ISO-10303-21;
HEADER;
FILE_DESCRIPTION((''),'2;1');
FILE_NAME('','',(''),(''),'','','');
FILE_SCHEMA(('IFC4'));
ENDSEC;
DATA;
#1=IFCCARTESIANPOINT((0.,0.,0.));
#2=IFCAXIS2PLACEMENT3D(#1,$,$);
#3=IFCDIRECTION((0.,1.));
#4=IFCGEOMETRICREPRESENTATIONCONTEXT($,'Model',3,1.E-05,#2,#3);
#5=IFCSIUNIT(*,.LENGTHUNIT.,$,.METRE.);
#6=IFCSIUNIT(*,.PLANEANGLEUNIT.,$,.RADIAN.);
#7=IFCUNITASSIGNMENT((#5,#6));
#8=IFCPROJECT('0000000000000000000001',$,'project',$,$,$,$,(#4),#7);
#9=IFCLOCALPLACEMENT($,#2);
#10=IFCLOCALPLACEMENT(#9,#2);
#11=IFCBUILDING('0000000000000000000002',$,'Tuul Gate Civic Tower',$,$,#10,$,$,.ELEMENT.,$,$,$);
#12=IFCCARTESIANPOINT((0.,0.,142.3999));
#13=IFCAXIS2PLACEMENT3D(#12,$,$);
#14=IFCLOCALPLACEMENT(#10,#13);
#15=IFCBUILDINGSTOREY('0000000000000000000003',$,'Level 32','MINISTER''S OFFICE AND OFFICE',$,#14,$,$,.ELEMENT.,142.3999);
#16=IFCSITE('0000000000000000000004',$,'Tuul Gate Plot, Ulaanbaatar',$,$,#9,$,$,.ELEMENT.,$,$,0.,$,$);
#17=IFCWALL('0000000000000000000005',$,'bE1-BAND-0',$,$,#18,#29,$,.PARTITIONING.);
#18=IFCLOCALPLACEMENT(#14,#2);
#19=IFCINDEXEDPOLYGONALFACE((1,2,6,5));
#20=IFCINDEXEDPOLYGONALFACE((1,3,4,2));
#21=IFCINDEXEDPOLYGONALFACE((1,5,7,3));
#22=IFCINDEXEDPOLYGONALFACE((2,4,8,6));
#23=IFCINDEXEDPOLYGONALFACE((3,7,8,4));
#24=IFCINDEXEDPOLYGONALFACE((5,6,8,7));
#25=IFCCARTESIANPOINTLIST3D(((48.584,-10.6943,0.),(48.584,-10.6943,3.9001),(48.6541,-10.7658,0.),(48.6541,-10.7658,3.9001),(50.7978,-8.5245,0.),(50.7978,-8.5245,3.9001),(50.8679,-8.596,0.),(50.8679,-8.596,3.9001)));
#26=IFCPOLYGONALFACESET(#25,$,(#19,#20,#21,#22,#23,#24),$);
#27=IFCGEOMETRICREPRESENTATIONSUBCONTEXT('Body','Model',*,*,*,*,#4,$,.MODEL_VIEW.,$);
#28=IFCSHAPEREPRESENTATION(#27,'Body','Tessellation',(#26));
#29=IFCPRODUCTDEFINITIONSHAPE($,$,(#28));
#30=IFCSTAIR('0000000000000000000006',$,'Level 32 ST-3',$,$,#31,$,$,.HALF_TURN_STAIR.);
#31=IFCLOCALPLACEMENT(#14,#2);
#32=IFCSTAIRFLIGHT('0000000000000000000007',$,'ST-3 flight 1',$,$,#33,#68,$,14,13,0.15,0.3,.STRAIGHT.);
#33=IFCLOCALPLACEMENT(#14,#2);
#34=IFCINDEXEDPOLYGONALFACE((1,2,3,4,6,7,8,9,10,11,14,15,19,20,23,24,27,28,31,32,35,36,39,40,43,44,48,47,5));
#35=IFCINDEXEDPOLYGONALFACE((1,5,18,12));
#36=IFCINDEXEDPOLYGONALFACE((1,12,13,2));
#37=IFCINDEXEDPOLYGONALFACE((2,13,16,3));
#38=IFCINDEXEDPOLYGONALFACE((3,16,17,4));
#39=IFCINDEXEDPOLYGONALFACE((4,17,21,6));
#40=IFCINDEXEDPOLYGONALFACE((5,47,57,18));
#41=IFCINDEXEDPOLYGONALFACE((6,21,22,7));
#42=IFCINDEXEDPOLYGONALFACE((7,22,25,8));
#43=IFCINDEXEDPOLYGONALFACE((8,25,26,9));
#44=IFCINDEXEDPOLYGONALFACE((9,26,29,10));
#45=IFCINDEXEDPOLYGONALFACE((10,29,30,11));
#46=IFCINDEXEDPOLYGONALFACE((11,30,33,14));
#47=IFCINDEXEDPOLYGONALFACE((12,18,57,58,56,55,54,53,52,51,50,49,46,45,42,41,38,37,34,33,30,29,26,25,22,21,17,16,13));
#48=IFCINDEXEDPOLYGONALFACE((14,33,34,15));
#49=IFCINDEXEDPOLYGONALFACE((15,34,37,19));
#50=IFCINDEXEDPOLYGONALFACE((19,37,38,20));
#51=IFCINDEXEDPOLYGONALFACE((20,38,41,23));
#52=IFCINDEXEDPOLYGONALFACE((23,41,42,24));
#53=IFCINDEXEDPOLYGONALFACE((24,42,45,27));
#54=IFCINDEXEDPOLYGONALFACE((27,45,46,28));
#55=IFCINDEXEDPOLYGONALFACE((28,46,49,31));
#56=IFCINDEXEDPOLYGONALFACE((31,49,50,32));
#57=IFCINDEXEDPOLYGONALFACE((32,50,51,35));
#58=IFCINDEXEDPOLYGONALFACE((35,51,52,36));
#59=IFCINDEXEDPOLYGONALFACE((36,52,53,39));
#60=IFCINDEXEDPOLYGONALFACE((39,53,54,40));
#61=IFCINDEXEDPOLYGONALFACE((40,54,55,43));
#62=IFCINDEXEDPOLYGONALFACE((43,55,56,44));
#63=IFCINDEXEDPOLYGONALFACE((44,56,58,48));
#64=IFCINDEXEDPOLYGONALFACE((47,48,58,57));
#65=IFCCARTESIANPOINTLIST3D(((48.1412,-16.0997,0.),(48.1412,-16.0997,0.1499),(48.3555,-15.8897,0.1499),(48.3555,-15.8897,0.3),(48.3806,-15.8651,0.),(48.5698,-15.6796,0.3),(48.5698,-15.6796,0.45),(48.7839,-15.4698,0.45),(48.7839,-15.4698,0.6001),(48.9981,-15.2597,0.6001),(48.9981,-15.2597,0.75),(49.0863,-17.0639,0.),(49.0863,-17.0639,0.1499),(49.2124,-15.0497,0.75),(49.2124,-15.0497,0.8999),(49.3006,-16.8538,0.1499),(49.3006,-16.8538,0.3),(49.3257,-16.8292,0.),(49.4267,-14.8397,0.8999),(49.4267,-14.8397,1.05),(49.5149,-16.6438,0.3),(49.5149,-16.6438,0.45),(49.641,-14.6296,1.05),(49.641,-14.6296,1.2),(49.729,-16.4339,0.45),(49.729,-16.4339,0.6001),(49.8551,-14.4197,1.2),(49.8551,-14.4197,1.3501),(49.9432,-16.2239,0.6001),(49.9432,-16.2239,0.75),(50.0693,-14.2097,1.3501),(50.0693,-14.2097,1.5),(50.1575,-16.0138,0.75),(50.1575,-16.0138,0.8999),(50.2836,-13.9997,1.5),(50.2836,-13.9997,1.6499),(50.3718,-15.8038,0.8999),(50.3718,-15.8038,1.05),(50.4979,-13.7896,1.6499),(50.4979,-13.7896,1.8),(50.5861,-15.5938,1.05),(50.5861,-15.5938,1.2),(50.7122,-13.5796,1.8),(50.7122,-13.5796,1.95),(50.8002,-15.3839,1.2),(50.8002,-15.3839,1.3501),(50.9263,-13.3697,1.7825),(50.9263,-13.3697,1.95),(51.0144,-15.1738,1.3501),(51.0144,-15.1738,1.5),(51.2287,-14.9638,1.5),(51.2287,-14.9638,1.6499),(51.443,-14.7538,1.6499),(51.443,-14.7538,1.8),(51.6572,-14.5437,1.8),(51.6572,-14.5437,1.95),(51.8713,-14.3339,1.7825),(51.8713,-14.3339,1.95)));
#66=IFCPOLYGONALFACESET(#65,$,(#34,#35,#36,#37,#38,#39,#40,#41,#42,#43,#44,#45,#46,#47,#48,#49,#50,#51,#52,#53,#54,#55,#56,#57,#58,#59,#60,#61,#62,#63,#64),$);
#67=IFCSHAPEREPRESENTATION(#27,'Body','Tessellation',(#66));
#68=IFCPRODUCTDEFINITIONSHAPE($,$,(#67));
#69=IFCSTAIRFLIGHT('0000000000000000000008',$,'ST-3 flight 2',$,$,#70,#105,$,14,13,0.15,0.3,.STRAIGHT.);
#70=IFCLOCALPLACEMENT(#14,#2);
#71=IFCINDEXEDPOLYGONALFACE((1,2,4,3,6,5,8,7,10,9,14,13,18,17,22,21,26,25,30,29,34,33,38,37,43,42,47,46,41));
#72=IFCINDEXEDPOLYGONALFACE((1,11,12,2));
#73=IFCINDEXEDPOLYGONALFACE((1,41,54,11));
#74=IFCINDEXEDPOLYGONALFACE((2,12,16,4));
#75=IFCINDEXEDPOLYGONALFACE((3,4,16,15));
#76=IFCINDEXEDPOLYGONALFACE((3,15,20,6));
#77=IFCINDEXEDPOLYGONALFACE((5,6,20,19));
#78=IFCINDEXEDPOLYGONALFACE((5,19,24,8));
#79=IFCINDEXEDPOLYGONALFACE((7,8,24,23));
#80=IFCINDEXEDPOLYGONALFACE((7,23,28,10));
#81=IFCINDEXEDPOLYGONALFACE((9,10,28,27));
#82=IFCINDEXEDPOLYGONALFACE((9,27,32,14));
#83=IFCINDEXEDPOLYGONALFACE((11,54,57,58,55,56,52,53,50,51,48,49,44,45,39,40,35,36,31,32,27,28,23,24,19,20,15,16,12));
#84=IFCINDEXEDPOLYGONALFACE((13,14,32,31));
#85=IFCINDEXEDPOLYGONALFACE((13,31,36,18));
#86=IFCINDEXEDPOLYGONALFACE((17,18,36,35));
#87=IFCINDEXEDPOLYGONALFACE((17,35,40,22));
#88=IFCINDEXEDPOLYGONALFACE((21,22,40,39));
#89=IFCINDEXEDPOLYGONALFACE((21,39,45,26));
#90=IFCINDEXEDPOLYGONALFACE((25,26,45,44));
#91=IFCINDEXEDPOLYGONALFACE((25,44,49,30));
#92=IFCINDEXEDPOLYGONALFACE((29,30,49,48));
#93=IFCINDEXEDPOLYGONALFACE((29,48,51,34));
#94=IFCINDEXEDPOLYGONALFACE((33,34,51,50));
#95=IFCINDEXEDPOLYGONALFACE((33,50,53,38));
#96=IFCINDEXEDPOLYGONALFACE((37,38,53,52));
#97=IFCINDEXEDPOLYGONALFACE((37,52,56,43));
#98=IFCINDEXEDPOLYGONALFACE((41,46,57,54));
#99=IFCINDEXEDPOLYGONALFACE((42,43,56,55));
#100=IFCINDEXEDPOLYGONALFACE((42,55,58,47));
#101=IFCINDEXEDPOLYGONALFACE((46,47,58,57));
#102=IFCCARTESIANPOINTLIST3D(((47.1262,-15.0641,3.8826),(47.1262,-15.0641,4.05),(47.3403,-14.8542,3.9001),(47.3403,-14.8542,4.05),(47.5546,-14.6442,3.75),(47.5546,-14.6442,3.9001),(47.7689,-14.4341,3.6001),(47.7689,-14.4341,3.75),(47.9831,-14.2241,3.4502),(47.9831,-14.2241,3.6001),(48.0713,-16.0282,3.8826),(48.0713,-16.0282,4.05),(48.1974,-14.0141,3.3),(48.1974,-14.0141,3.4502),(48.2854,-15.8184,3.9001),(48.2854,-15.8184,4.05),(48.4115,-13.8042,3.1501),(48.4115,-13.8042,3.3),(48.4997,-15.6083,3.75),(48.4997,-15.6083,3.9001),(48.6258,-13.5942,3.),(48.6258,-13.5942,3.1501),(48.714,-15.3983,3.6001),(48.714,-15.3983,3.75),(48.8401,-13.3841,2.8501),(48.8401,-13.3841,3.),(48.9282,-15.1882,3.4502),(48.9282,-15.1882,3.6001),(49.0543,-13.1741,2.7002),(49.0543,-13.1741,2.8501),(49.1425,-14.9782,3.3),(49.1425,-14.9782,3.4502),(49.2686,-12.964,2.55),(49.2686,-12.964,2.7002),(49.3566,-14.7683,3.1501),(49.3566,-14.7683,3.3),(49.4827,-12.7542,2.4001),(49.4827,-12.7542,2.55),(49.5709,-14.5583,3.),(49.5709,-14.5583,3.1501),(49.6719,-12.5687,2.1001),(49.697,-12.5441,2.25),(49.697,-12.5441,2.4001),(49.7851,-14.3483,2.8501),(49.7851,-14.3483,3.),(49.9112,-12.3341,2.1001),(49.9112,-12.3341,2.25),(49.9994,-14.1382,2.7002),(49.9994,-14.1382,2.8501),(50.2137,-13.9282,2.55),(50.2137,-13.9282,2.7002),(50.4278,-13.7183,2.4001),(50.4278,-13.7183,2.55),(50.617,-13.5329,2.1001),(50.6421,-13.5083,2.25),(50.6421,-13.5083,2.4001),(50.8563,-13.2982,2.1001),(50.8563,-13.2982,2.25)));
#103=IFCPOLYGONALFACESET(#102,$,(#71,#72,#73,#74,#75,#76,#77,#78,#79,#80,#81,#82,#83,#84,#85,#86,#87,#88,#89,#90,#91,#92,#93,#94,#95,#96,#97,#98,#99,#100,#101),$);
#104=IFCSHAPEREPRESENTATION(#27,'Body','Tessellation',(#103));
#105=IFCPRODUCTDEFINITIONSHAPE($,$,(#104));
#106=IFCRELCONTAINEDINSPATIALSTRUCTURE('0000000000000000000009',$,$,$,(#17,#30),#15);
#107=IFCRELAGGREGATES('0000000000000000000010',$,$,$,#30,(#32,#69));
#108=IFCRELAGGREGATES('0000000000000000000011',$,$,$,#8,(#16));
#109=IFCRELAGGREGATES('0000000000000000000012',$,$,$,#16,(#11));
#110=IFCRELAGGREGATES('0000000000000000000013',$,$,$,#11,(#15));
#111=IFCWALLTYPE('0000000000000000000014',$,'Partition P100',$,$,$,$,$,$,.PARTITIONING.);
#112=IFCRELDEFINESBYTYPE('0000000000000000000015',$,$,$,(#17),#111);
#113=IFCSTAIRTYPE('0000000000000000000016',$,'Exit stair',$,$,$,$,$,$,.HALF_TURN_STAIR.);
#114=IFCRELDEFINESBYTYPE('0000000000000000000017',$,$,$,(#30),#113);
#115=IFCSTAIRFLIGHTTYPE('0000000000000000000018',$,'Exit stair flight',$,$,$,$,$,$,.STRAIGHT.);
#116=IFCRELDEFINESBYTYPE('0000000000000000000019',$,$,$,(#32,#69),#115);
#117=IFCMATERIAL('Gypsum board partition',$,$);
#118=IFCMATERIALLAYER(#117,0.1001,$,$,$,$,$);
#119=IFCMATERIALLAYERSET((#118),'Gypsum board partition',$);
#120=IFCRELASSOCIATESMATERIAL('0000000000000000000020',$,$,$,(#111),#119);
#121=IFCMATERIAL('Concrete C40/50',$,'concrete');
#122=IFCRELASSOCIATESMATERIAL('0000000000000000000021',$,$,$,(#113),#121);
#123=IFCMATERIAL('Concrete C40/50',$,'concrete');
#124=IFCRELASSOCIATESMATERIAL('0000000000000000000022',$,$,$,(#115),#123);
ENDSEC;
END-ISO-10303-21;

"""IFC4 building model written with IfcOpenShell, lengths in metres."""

from ifc_helpers import new_model, si_unit, direction, frame, frame_2d, origin, place, context, subcontext, project, spatial, polyline, rectangle, outline, extrude, material, layer, layer_set, type_object, element, aggregate, save


model = new_model("IFC4")

# Units and contexts
model_context = context("Model", 3, precision=1e-05, world=origin(), true_north=direction((0.0, 1.0)))
body_context = subcontext(model_context, "Body", "Model", "MODEL_VIEW")
ifc_project = project(units=[si_unit("LENGTHUNIT", "METRE"), si_unit("PLANEANGLEUNIT", "RADIAN")], contexts=[model_context])

# Site, building, storey
site_placement = place(None, origin())
site = spatial("IfcSite", under=ifc_project, at=site_placement, Name="Tuul Gate Plot, Ulaanbaatar", CompositionType="ELEMENT", RefElevation=0.0)
building_placement = place(site_placement, origin())
building = spatial("IfcBuilding", under=site, at=building_placement, Name="Tuul Gate Civic Tower", CompositionType="ELEMENT")
storey_placement = place(building_placement, frame((0.0, 0.0, 142.3999)))
storey = spatial("IfcBuildingStorey", under=building, at=storey_placement, Name="Level 32", Description="MINISTER'S OFFICE AND OFFICE", CompositionType="ELEMENT", Elevation=142.3999)

# Wall
ifc_material_1 = material(Name="Gypsum board partition")
ifc_layer_1 = layer(ifc_material_1, 0.1001)
ifc_layer_set_1 = layer_set([ifc_layer_1], Name="Gypsum board partition")
wall_type_1 = type_object("IfcWallType", Name="Partition P100", PredefinedType="PARTITIONING", material=ifc_layer_set_1)
wall_1_placement = place(storey_placement, frame((48.6191, -10.73, 0.0), z_axis=(0.0, 0.0, 1.0), x_axis=(0.714159, 0.699983, 0.0)))
element("IfcWall", 1, at=wall_1_placement, inside=storey, type_object=wall_type_1, Name="bE1-BAND-0", PredefinedType="PARTITIONING", context=body_context, shape_type="SweptSolid", body=[
    extrude(rectangle(XDim=3.0999, YDim=0.1001, at=frame_2d((1.5498, 0.0))), origin(), (0.0, 0.0, 1.0), 3.9001),
])

# Stair, stair flights
ifc_material_2 = material(Name="Concrete C40/50", Category="concrete")
stair_type = type_object("IfcStairType", Name="Exit stair", PredefinedType="HALF_TURN_STAIR", material=ifc_material_2)
stair_placement = place(storey_placement, origin())
stair = element("IfcStair", 2, at=stair_placement, inside=storey, type_object=stair_type, Name="Level 32 ST-3", PredefinedType="HALF_TURN_STAIR")
ifc_material_3 = material(Name="Concrete C40/50", Category="concrete")
stair_flight_type = type_object("IfcStairFlightType", Name="Exit stair flight", PredefinedType="STRAIGHT", material=ifc_material_3)
stair_flight_1_placement = place(storey_placement, frame((48.6138, -16.5818, 0.0), z_axis=(0.0, 0.0, 1.0), x_axis=(0.714127, 0.700016, 0.0)))
stair_flight_1 = element("IfcStairFlight", 3, at=stair_flight_1_placement, type_object=stair_flight_type, Name="ST-3 flight 1", NumberOfRisers=14, NumberOfTreads=13, PredefinedType="STRAIGHT", RiserHeight=0.15, TreadLength=0.3, context=body_context, shape_type="SweptSolid", body=[
    extrude(outline(polyline([(0.0, 0.0), (0.0, 0.1499), (0.3, 0.1499), (0.3, 0.3), (0.6001, 0.3), (0.6001, 0.45), (0.8999, 0.45), (0.8999, 0.6001), (1.2, 0.6001), (1.2, 0.75), (1.5, 0.75), (1.5, 0.8999), (1.8, 0.8999), (1.8, 1.05), (2.1001, 1.05), (2.1001, 1.2), (2.3999, 1.2), (2.3999, 1.3501), (2.7, 1.3501), (2.7, 1.5), (3.0, 1.5), (3.0, 1.6499), (3.3, 1.6499), (3.3, 1.8), (3.6001, 1.8), (3.6001, 1.95), (3.8999, 1.95), (3.8999, 2.1001), (3.8999, 1.7825), (0.3352, 0.0), (0.0, 0.0)])), frame((0.0, 0.675, 0.0), z_axis=(0.0, -1.0, 0.0), x_axis=(1.0, 0.0, 0.0)), (0.0, 0.0, 1.0), 1.3501),
])
stair_flight_2_placement = place(storey_placement, frame((50.3838, -12.8162, 2.1001), z_axis=(0.0, 0.0, 1.0), x_axis=(-0.714127, -0.700016, 0.0)))
stair_flight_2 = element("IfcStairFlight", 4, at=stair_flight_2_placement, type_object=stair_flight_type, Name="ST-3 flight 2", NumberOfRisers=14, NumberOfTreads=13, PredefinedType="STRAIGHT", RiserHeight=0.15, TreadLength=0.3, context=body_context, shape_type="SweptSolid", body=[
    extrude(outline(polyline([(0.0, 0.0), (0.0, 0.1499), (0.3, 0.1499), (0.3, 0.3), (0.6001, 0.3), (0.6001, 0.45), (0.8999, 0.45), (0.8999, 0.6001), (1.2, 0.6001), (1.2, 0.75), (1.5, 0.75), (1.5, 0.8999), (1.8, 0.8999), (1.8, 1.05), (2.1001, 1.05), (2.1001, 1.2), (2.3999, 1.2), (2.3999, 1.3501), (2.7, 1.3501), (2.7, 1.5), (3.0, 1.5), (3.0, 1.6499), (3.3, 1.6499), (3.3, 1.8), (3.6001, 1.8), (3.6001, 1.95), (3.8999, 1.95), (3.8999, 2.1001), (3.8999, 1.7825), (0.3352, 0.0), (0.0, 0.0)])), frame((0.0, 0.675, 0.0), z_axis=(0.0, -1.0, 0.0), x_axis=(1.0, 0.0, 0.0)), (0.0, 0.0, 1.0), 1.3501),
])
aggregate(stair, [stair_flight_1, stair_flight_2])

save(model, "model.ifc")
